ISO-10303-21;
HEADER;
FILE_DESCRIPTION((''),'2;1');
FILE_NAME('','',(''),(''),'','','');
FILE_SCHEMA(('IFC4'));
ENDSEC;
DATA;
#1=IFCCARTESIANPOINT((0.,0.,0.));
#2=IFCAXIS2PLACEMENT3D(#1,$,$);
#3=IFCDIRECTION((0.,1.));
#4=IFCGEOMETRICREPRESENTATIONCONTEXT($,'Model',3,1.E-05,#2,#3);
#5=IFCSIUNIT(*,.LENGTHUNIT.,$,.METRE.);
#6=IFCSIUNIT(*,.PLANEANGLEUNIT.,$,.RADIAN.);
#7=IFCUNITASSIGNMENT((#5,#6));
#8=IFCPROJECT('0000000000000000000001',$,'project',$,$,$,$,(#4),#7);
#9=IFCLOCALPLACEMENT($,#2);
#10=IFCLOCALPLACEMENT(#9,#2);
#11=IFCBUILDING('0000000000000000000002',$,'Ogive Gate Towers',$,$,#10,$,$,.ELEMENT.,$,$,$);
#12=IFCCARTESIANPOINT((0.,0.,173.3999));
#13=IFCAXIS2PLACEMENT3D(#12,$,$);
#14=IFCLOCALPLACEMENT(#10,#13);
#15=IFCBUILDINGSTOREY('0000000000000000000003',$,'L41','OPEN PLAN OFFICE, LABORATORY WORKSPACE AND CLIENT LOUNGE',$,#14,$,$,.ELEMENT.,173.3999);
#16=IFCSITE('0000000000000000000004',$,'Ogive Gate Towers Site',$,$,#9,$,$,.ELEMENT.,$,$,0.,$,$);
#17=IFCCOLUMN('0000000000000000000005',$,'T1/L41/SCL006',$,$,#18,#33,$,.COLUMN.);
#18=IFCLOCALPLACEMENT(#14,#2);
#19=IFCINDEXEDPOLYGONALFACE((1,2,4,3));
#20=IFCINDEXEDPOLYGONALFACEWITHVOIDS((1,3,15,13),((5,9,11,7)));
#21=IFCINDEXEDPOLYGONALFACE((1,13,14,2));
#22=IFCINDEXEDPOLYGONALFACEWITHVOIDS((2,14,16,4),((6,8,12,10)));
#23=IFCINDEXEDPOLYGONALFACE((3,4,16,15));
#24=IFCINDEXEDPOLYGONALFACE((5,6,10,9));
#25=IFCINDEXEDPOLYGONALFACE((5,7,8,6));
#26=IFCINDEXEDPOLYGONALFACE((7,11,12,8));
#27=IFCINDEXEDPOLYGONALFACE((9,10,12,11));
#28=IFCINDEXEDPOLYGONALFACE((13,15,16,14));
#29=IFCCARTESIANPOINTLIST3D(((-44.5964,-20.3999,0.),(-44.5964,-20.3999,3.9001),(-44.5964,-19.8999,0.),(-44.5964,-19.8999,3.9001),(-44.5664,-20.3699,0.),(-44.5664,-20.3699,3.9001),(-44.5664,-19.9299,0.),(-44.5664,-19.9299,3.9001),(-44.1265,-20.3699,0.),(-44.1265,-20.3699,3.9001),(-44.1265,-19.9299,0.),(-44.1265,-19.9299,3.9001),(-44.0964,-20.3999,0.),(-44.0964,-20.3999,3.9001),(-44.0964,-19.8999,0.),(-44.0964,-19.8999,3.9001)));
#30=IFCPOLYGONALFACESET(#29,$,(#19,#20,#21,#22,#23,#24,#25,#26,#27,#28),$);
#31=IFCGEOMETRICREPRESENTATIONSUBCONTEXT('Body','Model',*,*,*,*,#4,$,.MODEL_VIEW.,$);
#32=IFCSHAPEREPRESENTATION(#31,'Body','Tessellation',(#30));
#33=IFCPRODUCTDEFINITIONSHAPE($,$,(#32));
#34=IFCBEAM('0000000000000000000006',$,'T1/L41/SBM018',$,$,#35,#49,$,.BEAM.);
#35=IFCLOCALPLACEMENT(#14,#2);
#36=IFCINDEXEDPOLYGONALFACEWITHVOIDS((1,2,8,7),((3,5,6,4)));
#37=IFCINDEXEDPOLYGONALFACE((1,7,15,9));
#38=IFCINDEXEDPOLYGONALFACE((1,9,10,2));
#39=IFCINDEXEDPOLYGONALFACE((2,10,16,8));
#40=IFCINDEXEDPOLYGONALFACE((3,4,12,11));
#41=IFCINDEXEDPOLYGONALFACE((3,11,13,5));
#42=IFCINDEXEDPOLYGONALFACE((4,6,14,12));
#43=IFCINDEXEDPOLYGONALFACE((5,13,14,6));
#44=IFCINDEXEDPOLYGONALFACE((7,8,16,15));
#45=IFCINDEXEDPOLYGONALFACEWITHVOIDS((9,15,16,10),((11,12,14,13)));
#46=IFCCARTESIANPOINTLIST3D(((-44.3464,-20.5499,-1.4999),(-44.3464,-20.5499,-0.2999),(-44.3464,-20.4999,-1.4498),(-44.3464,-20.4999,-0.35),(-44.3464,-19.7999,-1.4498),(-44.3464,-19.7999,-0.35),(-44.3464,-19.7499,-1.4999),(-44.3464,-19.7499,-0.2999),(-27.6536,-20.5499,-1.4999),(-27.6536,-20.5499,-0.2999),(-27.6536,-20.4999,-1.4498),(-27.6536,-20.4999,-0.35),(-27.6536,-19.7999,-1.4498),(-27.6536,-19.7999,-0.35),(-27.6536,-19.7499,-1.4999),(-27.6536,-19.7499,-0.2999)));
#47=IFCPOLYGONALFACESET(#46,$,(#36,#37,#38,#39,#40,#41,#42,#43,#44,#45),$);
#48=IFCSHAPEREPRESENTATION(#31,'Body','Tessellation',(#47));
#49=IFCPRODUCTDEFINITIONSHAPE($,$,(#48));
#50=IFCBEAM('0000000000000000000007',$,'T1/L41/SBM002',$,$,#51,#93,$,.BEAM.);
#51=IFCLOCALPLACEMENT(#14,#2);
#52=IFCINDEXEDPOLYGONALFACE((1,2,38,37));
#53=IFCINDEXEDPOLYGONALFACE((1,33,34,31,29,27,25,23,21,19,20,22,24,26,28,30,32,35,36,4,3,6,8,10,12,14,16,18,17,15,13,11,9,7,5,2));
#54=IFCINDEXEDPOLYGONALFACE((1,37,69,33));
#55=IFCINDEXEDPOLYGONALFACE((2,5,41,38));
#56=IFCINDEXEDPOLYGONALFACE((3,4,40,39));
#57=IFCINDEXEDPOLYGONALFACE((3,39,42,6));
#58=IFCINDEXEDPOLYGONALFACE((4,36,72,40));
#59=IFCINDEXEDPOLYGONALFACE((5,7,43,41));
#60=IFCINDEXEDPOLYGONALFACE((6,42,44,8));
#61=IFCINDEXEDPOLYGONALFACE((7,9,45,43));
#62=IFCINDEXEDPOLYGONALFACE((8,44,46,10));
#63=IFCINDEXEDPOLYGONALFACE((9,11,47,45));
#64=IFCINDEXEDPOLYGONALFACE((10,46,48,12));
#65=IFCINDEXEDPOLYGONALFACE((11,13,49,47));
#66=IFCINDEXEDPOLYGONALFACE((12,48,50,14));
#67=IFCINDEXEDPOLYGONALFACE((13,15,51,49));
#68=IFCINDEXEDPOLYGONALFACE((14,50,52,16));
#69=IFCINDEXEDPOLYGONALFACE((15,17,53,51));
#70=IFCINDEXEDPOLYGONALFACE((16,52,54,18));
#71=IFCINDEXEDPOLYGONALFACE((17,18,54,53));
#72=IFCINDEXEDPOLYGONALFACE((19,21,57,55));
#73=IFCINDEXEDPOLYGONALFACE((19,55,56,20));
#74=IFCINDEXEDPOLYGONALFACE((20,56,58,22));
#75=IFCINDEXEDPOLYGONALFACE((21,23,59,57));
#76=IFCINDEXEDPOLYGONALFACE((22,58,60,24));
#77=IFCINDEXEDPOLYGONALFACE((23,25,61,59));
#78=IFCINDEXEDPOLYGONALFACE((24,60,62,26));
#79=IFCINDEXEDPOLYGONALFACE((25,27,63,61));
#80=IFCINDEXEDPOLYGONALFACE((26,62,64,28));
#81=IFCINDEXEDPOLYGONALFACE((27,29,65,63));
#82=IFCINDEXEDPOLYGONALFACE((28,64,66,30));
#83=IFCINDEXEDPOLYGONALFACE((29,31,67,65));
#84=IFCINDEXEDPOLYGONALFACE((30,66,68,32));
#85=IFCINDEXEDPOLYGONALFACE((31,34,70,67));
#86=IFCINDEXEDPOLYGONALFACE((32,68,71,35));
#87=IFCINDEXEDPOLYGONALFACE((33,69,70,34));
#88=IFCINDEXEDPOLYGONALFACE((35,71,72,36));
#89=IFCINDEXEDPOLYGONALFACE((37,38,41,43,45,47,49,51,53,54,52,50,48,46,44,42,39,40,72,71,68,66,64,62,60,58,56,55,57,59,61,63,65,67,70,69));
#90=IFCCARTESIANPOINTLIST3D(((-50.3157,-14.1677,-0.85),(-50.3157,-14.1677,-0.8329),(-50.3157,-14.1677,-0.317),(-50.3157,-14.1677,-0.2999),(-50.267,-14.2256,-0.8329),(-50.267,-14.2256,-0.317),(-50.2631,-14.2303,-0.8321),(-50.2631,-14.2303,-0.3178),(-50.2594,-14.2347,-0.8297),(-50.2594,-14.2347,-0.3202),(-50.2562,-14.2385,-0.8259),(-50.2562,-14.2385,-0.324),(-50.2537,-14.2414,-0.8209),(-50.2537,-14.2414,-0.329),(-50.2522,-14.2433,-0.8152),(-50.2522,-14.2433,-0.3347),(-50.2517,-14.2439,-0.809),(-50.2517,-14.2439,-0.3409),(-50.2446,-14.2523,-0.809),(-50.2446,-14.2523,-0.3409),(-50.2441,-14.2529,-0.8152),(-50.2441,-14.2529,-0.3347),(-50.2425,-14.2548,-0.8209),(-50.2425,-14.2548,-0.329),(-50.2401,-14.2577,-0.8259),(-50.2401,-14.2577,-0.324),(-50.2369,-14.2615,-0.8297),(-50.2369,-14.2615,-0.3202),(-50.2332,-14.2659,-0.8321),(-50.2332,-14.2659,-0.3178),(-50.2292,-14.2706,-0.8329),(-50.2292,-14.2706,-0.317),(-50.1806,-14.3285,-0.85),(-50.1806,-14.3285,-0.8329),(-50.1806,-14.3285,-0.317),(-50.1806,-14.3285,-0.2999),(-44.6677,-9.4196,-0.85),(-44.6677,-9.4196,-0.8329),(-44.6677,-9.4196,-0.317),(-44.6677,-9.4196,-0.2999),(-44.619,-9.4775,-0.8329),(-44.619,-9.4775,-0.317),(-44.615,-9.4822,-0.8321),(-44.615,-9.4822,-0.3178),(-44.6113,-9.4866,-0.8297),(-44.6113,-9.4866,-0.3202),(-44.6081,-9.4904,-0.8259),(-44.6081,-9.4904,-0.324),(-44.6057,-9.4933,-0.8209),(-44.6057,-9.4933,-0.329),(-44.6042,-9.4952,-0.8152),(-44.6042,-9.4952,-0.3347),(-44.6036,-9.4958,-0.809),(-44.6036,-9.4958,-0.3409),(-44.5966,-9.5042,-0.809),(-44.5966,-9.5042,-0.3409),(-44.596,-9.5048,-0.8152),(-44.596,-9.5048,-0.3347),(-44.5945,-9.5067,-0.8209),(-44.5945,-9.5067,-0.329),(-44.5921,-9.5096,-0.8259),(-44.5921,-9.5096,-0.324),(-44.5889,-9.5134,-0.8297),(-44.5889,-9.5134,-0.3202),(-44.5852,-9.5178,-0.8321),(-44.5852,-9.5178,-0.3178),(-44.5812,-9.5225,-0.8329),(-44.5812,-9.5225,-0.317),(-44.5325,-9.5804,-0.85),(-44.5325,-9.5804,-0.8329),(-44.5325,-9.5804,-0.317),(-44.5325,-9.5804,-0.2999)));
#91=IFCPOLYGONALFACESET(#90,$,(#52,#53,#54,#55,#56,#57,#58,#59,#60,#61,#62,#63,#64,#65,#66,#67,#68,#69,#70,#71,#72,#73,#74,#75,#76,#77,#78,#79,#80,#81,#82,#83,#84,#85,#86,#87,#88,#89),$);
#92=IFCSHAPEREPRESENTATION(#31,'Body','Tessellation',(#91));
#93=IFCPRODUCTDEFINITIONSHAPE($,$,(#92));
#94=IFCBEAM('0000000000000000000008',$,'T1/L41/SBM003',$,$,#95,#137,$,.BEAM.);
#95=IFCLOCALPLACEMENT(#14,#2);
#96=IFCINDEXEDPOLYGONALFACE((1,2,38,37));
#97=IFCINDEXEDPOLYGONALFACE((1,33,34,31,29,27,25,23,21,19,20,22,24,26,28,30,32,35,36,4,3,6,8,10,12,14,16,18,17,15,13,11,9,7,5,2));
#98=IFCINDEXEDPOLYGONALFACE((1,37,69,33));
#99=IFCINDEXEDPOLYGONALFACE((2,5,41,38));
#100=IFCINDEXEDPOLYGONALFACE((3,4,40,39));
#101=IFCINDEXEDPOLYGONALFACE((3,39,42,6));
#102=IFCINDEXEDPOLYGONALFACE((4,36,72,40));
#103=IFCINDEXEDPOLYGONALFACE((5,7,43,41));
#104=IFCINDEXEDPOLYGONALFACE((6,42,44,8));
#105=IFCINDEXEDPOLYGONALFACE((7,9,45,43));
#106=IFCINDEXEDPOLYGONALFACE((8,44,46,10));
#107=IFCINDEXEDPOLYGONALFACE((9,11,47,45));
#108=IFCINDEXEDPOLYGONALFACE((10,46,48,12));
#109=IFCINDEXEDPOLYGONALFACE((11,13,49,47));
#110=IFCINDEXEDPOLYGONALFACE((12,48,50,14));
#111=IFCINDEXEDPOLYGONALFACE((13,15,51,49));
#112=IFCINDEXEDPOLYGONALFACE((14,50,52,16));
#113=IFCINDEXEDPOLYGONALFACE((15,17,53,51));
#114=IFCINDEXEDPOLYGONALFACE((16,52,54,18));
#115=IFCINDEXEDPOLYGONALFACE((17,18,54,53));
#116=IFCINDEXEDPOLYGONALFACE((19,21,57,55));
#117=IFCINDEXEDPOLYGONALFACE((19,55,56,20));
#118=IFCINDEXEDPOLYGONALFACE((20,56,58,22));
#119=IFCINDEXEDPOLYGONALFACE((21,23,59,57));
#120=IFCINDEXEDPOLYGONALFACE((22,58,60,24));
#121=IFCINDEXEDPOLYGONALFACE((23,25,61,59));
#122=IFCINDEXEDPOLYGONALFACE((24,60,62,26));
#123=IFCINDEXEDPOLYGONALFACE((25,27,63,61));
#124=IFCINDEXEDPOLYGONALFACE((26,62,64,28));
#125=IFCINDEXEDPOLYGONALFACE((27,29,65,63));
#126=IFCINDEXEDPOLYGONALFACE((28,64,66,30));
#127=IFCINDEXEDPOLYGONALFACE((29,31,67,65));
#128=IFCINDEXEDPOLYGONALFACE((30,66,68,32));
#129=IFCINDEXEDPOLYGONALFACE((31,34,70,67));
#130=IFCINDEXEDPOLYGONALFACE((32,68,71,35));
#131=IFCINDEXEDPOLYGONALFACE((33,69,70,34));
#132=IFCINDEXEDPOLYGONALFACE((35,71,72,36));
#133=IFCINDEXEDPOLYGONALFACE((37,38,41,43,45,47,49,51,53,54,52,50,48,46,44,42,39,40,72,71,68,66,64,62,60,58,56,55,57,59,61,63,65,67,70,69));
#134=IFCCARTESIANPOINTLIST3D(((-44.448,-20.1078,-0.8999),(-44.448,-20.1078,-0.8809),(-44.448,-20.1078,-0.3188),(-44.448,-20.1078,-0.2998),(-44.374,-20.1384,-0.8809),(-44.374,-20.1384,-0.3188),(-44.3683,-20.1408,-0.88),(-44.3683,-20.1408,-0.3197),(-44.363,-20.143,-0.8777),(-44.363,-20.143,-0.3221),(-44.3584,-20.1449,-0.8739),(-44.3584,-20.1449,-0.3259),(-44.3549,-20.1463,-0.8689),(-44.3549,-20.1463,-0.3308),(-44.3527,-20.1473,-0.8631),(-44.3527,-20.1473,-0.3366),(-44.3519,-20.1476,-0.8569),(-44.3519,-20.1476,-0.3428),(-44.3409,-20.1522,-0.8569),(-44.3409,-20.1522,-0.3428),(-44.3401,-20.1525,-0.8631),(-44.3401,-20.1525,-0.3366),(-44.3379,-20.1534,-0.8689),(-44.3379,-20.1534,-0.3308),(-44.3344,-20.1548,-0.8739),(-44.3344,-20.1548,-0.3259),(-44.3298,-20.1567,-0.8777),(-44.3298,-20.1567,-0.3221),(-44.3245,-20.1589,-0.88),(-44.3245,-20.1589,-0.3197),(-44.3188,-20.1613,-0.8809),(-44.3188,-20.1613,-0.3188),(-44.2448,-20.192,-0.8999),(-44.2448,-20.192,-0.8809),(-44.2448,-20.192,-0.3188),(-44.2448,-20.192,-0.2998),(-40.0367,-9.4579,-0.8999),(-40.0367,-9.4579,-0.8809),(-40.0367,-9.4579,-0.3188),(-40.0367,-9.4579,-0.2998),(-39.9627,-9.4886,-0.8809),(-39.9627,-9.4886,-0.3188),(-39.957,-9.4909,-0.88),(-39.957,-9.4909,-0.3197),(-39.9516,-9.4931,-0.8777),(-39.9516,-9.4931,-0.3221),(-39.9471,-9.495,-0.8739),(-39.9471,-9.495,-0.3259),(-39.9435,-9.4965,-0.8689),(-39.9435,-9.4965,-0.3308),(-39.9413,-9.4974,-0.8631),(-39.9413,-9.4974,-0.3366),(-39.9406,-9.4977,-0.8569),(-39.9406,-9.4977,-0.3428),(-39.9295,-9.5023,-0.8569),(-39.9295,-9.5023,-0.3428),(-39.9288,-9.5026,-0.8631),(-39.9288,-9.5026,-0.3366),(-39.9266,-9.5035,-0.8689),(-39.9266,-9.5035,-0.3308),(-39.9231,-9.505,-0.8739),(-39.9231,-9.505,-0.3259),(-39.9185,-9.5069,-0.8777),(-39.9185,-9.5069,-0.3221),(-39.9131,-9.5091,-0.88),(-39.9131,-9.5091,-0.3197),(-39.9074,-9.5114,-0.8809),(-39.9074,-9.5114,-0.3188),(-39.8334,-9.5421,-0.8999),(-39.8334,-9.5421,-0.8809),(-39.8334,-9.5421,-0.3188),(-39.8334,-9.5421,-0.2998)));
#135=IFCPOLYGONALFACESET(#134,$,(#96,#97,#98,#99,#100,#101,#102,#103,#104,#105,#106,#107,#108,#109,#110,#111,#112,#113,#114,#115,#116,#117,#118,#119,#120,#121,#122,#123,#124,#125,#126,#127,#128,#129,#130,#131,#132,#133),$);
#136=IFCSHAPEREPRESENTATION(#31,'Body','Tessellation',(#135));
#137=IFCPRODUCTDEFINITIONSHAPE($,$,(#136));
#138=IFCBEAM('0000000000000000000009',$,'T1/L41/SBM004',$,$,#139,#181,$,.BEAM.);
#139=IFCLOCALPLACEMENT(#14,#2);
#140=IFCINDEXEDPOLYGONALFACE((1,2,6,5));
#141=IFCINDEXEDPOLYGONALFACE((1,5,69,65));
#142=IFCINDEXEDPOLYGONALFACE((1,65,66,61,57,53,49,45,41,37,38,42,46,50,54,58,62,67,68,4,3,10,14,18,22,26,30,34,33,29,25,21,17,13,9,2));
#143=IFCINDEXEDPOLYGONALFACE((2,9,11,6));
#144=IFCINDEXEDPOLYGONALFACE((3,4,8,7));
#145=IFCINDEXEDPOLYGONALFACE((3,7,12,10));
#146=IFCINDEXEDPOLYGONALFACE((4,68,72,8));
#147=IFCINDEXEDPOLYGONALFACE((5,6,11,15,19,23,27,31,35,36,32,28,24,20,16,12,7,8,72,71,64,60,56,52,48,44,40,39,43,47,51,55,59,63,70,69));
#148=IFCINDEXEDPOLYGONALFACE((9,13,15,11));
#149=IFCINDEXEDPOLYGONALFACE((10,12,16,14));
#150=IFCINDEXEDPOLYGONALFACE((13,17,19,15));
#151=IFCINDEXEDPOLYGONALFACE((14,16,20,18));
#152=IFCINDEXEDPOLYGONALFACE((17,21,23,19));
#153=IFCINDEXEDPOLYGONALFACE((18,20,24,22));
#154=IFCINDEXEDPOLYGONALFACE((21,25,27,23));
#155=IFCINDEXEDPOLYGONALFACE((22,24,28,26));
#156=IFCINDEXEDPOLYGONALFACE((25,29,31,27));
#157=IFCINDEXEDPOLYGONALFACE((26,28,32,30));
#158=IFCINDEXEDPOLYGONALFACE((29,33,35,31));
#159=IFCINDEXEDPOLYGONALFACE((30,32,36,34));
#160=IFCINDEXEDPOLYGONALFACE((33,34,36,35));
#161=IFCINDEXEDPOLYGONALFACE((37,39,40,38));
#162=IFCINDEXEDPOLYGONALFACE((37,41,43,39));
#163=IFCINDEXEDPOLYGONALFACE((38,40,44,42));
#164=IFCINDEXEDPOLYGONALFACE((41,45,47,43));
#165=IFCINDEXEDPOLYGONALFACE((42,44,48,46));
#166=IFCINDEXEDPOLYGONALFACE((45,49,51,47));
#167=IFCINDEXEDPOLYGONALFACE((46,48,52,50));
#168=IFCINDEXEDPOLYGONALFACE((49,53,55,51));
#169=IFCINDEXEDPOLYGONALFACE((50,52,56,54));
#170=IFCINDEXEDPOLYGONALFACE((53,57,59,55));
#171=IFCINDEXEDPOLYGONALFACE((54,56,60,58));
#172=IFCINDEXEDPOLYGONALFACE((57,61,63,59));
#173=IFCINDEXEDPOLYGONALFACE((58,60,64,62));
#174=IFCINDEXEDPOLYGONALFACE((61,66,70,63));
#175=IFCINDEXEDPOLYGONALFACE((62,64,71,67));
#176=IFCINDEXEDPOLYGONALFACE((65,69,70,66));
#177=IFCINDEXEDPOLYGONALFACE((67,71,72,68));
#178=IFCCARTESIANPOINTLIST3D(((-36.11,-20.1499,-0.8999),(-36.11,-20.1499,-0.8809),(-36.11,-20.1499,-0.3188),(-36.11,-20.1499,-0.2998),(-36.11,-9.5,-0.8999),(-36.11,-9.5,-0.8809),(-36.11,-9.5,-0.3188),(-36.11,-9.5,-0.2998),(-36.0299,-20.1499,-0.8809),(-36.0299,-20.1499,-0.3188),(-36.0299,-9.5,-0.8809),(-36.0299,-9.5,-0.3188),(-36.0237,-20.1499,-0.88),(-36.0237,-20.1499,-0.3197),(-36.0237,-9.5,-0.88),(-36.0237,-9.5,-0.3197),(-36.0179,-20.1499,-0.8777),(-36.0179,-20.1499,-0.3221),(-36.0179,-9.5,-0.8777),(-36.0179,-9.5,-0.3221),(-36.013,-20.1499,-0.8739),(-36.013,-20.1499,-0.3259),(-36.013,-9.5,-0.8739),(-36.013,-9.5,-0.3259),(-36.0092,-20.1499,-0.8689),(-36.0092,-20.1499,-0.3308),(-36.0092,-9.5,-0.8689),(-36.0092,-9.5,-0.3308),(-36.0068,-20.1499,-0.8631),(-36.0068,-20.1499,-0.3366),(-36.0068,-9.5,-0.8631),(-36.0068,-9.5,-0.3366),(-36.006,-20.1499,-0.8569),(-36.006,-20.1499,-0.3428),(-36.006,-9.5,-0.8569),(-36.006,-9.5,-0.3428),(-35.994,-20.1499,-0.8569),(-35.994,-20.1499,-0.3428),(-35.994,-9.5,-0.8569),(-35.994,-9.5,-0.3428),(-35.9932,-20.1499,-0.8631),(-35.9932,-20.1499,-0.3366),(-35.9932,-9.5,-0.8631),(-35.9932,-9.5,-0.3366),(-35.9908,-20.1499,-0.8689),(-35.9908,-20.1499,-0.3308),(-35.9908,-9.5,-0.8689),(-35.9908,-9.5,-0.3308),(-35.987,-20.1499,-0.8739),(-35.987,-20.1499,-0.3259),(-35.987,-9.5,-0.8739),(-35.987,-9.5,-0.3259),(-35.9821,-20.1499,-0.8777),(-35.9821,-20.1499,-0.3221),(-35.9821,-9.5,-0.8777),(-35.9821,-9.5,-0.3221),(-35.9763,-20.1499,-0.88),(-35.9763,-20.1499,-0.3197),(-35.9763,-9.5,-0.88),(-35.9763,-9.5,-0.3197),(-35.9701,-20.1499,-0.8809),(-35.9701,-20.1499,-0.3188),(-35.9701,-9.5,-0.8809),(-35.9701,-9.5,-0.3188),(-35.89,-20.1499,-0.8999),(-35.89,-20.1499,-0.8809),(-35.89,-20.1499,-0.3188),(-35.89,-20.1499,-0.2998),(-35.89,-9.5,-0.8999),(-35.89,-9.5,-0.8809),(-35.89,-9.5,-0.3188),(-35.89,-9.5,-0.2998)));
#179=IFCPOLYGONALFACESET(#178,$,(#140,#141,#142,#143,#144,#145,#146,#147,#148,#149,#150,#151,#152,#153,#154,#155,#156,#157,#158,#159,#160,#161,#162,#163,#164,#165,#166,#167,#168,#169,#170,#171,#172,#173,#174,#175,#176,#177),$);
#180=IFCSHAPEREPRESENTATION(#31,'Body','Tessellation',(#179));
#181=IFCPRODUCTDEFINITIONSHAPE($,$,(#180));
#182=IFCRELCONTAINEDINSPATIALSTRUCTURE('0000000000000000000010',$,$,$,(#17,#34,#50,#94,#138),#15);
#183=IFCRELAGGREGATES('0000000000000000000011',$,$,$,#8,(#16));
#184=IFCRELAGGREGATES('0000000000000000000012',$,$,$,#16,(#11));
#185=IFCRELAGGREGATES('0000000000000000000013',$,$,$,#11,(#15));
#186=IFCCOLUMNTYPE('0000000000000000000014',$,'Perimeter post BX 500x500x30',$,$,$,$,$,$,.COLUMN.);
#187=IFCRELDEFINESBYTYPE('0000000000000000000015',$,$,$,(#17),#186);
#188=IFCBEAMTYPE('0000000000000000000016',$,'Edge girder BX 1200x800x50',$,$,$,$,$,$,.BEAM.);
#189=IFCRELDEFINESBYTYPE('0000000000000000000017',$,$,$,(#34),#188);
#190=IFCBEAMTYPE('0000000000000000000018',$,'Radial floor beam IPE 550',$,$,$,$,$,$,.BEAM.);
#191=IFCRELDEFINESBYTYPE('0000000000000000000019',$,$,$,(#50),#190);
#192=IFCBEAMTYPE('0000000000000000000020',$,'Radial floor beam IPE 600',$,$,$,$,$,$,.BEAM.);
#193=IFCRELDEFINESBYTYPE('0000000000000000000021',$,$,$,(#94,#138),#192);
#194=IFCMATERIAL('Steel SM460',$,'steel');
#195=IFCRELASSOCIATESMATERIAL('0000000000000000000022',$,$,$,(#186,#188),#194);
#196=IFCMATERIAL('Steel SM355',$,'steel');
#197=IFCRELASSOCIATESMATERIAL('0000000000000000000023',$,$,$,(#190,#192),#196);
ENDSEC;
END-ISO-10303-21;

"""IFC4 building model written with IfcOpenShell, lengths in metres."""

from ifc_helpers import new_model, si_unit, direction, frame, origin, origin_2d, place, context, subcontext, project, spatial, hollow_rectangle, i_section, extrude, material, material_profile, profile_set, type_object, element, save


model = new_model("IFC4")

# Units and contexts
model_context = context("Model", 3, precision=1e-05, world=origin(), true_north=direction((0.0, 1.0)))
body_context = subcontext(model_context, "Body", "Model", "MODEL_VIEW")
ifc_project = project(units=[si_unit("LENGTHUNIT", "METRE"), si_unit("PLANEANGLEUNIT", "RADIAN")], contexts=[model_context])

# Site, building, storey
site_placement = place(None, origin())
site = spatial("IfcSite", under=ifc_project, at=site_placement, Name="Ogive Gate Towers Site", CompositionType="ELEMENT", RefElevation=0.0)
building_placement = place(site_placement, origin())
building = spatial("IfcBuilding", under=site, at=building_placement, Name="Ogive Gate Towers", CompositionType="ELEMENT")
storey_placement = place(building_placement, frame((0.0, 0.0, 173.3999)))
storey = spatial("IfcBuildingStorey", under=building, at=storey_placement, Name="L41", Description="OPEN PLAN OFFICE, LABORATORY WORKSPACE AND CLIENT LOUNGE", CompositionType="ELEMENT", Elevation=173.3999)

# Column
ifc_material_1 = material(Name="Steel SM460", Category="steel")
ifc_material_profile_1 = material_profile(ifc_material_1, hollow_rectangle(XDim=0.5, YDim=0.5, WallThickness=0.03, at=origin_2d()), Name="BX 500x500x30")
ifc_profile_set_1 = profile_set([ifc_material_profile_1], Name="Steel SM460")
column_type = type_object("IfcColumnType", Name="Perimeter post BX 500x500x30", PredefinedType="COLUMN", material=ifc_profile_set_1)
column_placement = place(storey_placement, frame((-44.3464, -20.1499, 0.0), z_axis=(0.0, 0.0, 1.0), x_axis=(1.0, 0.0, 0.0)))
element("IfcColumn", 1, at=column_placement, inside=storey, type_object=column_type, Name="T1/L41/SCL006", PredefinedType="COLUMN", context=body_context, shape_type="SweptSolid", body=[
    extrude(hollow_rectangle(XDim=0.5, YDim=0.5, WallThickness=0.03, at=origin_2d()), origin(), (0.0, 0.0, 1.0), 3.9001),
])

# Beams
ifc_material_profile_2 = material_profile(ifc_material_1, hollow_rectangle(XDim=0.8, YDim=1.2, WallThickness=0.05, at=origin_2d()), Name="BX 1200x800x50")
ifc_profile_set_2 = profile_set([ifc_material_profile_2], Name="Steel SM460")
beam_type_1 = type_object("IfcBeamType", Name="Edge girder BX 1200x800x50", PredefinedType="BEAM", material=ifc_profile_set_2)
beam_1_placement = place(storey_placement, frame((-44.3464, -20.1499, -0.8999), z_axis=(1.0, 0.0, 0.0), x_axis=(0.0, 1.0, 0.0)))
element("IfcBeam", 2, at=beam_1_placement, inside=storey, type_object=beam_type_1, Name="T1/L41/SBM018", PredefinedType="BEAM", context=body_context, shape_type="SweptSolid", body=[
    extrude(hollow_rectangle(XDim=0.8, YDim=1.2, WallThickness=0.05, at=origin_2d()), origin(), (0.0, 0.0, 1.0), 16.6929),
])
ifc_material_2 = material(Name="Steel SM355", Category="steel")
ifc_material_profile_3 = material_profile(ifc_material_2, i_section(OverallWidth=0.21, OverallDepth=0.55, WebThickness=0.011, FlangeThickness=0.0171, FilletRadius=0.0239, at=origin_2d()), Name="IPE 550")
ifc_profile_set_3 = profile_set([ifc_material_profile_3], Name="Steel SM355")
beam_type_2 = type_object("IfcBeamType", Name="Radial floor beam IPE 550", PredefinedType="BEAM", material=ifc_profile_set_3)
beam_2_placement = place(storey_placement, frame((-44.6001, -9.5, -0.575), z_axis=(-0.765453, -0.643492, 0.0), x_axis=(0.643492, -0.765453, 0.0)))
element("IfcBeam", 3, at=beam_2_placement, inside=storey, type_object=beam_type_2, Name="T1/L41/SBM002", PredefinedType="BEAM", context=body_context, shape_type="SweptSolid", body=[
    extrude(i_section(OverallWidth=0.21, OverallDepth=0.55, WebThickness=0.011, FlangeThickness=0.0171, FilletRadius=0.0239, at=origin_2d()), origin(), (0.0, 0.0, 1.0), 7.3787),
])
ifc_material_profile_4 = material_profile(ifc_material_2, i_section(OverallWidth=0.22, OverallDepth=0.6001, WebThickness=0.012, FlangeThickness=0.019, FilletRadius=0.0239, at=origin_2d()), Name="IPE 600")
ifc_profile_set_4 = profile_set([ifc_material_profile_4], Name="Steel SM355")
beam_type_3 = type_object("IfcBeamType", Name="Radial floor beam IPE 600", PredefinedType="BEAM", material=ifc_profile_set_4)
beam_3_placement = place(storey_placement, frame((-39.9351, -9.5, -0.5999), z_axis=(-0.382687, -0.923878, 0.0), x_axis=(0.923878, -0.382687, 0.0)))
element("IfcBeam", 4, at=beam_3_placement, inside=storey, type_object=beam_type_3, Name="T1/L41/SBM003", PredefinedType="BEAM", context=body_context, shape_type="SweptSolid", body=[
    extrude(i_section(OverallWidth=0.22, OverallDepth=0.6001, WebThickness=0.012, FlangeThickness=0.019, FilletRadius=0.0239, at=origin_2d()), origin(), (0.0, 0.0, 1.0), 11.5273),
])
beam_4_placement = place(storey_placement, frame((-36.0, -9.5, -0.5999), z_axis=(0.0, -1.0, 0.0), x_axis=(1.0, 0.0, 0.0)))
element("IfcBeam", 5, at=beam_4_placement, inside=storey, type_object=beam_type_3, Name="T1/L41/SBM004", PredefinedType="BEAM", context=body_context, shape_type="SweptSolid", body=[
    extrude(i_section(OverallWidth=0.22, OverallDepth=0.6001, WebThickness=0.012, FlangeThickness=0.019, FilletRadius=0.0239, at=origin_2d()), origin(), (0.0, 0.0, 1.0), 10.6499),
])

save(model, "model.ifc")
